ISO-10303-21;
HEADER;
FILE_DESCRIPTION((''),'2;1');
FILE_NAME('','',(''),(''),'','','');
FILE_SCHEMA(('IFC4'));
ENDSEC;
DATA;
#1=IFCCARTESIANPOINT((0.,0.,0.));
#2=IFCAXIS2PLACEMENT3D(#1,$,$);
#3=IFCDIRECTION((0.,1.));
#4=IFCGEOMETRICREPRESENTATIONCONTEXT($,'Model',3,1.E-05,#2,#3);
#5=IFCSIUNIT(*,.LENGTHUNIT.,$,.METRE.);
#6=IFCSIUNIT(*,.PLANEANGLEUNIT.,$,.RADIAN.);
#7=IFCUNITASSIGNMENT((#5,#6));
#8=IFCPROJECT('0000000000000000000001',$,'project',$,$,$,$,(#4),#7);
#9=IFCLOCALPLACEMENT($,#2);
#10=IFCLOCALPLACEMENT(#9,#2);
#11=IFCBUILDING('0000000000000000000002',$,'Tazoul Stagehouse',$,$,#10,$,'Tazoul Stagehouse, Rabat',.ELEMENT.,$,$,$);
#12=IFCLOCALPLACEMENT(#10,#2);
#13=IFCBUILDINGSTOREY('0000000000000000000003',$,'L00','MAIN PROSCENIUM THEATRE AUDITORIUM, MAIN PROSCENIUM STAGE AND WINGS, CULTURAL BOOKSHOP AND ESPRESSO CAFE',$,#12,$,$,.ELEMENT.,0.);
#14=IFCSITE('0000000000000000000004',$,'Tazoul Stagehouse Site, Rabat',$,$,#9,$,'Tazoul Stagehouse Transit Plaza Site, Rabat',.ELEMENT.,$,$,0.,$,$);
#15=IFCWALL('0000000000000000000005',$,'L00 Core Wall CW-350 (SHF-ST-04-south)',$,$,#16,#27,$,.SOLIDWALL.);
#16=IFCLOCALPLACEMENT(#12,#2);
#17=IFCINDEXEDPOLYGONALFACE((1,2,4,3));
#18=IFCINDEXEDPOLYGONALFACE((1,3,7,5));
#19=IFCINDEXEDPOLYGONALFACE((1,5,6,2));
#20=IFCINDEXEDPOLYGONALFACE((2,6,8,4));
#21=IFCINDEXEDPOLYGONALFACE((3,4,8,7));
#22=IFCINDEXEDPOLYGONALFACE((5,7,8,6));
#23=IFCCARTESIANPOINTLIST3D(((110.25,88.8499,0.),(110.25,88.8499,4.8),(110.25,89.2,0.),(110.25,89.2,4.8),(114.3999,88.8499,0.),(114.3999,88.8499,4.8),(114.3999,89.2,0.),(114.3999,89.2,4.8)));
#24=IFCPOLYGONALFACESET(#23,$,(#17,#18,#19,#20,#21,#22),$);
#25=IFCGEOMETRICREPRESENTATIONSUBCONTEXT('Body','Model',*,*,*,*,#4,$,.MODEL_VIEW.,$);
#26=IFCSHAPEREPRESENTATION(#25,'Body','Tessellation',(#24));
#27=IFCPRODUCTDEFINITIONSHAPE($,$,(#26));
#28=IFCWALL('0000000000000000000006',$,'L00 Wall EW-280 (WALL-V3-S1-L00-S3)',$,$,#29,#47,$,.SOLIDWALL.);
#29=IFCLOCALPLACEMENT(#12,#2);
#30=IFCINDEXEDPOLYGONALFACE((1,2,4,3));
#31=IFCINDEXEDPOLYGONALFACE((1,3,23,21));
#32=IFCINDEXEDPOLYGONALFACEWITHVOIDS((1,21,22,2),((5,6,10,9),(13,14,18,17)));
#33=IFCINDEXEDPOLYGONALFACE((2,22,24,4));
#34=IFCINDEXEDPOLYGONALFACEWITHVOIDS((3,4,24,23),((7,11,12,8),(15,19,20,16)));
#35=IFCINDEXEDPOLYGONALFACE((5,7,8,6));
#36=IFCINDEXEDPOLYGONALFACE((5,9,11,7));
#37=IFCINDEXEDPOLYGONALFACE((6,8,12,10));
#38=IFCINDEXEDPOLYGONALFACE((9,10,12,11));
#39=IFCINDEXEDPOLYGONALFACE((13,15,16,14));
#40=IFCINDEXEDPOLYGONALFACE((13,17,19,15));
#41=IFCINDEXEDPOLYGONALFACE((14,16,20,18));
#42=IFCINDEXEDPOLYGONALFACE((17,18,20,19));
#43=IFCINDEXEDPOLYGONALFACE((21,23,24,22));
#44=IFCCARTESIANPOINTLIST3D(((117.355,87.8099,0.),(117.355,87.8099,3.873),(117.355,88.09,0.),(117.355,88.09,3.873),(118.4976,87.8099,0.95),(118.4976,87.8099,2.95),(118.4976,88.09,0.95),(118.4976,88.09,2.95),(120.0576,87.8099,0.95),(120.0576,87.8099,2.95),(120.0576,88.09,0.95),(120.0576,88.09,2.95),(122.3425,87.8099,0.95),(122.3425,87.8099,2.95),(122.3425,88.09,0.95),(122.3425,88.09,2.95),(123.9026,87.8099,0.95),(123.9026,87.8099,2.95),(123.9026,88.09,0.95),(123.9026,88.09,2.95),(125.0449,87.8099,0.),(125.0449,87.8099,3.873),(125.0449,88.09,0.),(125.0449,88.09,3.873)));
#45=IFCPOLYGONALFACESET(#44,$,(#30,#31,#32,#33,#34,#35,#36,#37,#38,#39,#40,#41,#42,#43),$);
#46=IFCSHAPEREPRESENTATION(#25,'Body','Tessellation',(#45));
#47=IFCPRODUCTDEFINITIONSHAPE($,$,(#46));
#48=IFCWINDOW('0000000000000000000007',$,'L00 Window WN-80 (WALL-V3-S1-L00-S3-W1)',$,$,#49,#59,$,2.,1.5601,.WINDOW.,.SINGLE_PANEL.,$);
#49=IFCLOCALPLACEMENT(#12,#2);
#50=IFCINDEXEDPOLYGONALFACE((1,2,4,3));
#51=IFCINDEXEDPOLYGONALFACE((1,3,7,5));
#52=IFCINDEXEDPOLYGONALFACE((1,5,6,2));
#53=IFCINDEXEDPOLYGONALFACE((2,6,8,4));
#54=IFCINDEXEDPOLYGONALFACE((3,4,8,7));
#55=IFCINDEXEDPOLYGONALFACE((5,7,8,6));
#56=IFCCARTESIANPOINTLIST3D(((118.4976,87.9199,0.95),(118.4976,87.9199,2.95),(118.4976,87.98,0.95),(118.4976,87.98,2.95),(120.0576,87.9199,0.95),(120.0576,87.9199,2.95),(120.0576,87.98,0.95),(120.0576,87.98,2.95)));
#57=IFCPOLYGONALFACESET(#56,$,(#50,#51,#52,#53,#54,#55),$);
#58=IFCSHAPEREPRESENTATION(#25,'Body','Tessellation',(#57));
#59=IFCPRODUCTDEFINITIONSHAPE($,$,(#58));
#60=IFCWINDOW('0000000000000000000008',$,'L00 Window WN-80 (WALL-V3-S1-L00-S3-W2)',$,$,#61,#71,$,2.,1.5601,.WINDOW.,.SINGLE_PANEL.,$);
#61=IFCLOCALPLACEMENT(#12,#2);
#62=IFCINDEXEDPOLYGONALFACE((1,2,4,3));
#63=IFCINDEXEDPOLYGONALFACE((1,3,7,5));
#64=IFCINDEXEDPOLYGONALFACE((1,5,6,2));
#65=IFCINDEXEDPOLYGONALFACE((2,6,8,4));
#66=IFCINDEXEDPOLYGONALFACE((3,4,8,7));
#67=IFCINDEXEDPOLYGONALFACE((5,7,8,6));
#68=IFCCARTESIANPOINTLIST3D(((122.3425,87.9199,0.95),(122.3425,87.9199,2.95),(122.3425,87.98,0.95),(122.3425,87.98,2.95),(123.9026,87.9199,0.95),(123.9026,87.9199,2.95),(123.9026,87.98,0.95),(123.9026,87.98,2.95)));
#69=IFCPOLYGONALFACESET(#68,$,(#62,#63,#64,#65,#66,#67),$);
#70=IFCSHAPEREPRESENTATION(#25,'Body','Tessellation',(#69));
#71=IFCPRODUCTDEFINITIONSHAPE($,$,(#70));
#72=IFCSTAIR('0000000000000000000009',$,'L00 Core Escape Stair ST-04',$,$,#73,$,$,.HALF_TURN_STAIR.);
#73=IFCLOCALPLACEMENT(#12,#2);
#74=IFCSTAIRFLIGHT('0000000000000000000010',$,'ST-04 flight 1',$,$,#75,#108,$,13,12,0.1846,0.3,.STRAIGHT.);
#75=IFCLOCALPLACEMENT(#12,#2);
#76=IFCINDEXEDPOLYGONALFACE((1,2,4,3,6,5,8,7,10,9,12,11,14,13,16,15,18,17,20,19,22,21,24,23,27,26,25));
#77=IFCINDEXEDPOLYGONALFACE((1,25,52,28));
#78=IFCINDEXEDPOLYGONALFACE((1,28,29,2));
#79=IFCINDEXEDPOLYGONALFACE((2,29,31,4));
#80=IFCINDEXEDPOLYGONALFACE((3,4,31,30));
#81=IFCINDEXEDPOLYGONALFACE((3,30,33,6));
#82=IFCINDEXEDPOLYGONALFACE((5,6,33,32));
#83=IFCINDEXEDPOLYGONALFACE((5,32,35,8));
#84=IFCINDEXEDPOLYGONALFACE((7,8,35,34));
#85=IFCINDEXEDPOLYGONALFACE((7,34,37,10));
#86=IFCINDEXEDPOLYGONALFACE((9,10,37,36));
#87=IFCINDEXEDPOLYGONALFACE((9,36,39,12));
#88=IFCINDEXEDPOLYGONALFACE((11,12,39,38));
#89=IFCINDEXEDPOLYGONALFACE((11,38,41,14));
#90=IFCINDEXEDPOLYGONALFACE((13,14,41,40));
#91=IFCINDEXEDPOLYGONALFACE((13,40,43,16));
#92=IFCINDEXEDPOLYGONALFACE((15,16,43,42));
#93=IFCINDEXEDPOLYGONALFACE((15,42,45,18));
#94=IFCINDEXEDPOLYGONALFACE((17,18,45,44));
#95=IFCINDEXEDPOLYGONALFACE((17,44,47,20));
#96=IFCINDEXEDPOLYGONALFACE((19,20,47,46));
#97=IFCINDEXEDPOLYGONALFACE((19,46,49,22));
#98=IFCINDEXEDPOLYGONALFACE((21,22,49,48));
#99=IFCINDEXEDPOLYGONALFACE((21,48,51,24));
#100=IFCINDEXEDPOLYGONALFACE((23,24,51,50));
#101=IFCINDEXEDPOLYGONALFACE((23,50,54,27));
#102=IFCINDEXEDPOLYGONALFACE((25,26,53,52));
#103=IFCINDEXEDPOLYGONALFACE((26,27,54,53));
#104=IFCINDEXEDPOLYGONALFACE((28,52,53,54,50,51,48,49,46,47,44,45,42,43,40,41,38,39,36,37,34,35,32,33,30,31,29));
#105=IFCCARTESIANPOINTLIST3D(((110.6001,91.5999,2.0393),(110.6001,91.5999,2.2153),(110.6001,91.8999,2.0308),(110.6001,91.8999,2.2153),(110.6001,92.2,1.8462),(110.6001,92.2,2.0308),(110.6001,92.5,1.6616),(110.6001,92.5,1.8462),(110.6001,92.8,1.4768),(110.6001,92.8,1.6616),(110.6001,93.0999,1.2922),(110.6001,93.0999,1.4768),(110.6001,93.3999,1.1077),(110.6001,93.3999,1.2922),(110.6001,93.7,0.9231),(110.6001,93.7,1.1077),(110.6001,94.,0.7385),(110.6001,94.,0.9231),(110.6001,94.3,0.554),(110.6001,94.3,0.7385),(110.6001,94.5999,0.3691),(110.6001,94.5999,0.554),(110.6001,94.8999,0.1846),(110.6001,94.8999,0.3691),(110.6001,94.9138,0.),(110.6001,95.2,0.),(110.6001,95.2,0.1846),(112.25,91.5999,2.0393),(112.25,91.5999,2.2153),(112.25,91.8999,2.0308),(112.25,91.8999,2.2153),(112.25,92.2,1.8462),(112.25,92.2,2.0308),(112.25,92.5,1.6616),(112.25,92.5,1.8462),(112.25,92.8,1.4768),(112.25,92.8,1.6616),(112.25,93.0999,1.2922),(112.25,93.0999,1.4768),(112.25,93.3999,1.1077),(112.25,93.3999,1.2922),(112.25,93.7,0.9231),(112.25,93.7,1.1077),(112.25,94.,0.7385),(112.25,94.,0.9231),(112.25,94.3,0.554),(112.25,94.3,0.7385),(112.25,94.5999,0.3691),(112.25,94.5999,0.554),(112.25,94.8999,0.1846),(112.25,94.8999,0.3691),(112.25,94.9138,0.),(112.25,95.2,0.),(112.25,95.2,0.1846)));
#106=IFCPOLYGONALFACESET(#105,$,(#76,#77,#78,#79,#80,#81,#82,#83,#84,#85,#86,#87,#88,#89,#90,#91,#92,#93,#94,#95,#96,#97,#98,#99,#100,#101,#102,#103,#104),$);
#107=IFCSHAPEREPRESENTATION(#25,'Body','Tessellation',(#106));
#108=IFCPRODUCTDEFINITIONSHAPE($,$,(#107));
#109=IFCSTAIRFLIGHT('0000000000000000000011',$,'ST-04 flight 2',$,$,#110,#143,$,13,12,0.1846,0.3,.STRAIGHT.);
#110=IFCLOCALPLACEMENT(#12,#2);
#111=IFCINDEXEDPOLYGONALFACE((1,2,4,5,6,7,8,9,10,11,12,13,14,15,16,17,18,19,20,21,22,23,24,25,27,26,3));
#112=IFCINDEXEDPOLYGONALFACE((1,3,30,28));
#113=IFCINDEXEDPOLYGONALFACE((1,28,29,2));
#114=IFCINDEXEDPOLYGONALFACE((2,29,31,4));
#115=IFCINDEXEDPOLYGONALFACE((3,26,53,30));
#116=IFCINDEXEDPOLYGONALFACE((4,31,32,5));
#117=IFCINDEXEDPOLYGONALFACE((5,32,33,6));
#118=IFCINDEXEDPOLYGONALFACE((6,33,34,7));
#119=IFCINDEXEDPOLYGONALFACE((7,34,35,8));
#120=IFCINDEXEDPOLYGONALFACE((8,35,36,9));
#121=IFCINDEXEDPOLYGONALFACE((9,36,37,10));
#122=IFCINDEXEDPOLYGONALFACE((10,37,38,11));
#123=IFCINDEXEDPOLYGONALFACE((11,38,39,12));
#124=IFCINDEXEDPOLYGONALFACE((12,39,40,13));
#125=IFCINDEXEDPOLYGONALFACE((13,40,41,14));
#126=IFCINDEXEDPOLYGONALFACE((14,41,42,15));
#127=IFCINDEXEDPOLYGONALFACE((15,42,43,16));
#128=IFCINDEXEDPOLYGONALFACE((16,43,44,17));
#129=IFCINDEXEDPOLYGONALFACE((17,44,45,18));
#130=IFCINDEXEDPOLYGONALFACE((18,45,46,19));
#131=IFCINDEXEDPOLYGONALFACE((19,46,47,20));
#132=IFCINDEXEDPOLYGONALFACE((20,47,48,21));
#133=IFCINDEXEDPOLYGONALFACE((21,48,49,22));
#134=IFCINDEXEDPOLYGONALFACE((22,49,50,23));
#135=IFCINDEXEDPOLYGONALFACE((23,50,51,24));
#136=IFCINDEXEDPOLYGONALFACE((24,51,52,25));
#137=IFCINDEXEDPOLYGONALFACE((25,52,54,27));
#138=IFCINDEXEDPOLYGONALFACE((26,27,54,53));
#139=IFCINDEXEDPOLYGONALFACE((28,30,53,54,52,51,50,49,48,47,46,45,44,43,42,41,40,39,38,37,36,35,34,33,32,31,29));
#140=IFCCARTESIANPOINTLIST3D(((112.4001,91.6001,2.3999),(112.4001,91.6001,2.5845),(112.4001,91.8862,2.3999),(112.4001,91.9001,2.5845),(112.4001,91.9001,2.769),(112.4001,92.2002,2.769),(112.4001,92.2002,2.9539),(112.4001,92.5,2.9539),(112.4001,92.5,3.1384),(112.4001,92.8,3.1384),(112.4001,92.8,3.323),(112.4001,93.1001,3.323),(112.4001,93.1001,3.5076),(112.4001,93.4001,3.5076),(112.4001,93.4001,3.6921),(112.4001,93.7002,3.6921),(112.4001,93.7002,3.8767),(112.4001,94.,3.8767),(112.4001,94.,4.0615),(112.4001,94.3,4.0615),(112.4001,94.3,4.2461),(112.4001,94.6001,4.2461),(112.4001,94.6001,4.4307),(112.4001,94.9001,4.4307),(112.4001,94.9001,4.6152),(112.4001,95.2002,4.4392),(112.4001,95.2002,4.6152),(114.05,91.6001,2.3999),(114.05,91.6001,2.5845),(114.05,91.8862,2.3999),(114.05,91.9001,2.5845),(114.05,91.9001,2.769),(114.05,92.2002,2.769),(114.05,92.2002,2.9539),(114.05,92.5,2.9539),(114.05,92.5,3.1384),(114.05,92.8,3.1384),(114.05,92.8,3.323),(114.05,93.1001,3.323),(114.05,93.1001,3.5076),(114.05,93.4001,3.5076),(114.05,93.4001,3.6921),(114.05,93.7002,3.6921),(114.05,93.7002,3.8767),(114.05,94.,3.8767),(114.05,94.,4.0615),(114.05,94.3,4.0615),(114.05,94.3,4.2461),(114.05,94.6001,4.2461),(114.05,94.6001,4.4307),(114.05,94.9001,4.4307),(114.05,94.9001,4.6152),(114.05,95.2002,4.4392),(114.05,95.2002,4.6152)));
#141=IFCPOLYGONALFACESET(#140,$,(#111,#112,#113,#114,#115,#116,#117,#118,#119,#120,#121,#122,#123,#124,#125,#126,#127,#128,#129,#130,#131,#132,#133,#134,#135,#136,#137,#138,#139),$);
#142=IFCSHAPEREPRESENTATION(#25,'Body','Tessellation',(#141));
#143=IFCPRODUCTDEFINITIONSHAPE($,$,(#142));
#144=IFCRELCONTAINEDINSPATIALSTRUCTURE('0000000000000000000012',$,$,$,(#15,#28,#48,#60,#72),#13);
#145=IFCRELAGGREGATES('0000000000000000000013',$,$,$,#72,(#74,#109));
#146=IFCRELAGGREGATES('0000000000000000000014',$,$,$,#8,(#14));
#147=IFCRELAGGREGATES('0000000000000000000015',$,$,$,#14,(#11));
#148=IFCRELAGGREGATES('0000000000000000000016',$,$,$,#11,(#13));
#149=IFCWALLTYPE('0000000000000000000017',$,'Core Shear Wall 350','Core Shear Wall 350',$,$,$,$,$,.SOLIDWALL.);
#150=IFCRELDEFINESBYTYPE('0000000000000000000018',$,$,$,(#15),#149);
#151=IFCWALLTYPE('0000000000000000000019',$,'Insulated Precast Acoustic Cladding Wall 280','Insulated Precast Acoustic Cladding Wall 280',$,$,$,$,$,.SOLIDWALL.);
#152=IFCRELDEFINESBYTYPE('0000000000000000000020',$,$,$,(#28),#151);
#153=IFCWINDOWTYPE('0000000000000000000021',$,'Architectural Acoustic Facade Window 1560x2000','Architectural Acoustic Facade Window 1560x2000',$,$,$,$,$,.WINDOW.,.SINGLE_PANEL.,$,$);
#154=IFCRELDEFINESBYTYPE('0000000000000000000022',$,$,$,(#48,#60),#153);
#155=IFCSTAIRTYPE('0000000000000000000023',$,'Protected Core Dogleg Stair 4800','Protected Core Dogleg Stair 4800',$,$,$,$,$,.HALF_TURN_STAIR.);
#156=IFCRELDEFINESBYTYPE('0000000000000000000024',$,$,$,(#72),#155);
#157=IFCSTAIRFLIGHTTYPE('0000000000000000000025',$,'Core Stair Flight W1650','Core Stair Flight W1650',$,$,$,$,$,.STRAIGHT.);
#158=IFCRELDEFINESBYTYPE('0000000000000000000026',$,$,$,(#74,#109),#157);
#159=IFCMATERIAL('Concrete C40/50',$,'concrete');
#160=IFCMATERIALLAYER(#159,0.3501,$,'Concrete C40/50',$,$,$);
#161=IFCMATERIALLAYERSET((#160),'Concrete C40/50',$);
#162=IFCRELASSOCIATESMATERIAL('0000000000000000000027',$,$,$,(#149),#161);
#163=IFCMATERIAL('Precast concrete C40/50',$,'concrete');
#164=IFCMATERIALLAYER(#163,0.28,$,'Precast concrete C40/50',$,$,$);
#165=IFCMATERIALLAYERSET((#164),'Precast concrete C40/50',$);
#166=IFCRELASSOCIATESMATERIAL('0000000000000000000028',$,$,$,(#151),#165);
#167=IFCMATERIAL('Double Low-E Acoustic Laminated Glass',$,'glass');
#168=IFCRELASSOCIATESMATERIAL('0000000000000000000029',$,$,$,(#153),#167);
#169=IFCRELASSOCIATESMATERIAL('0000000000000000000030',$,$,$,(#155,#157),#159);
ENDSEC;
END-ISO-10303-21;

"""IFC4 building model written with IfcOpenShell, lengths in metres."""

from ifc_helpers import new_model, si_unit, direction, frame, frame_2d, origin, place, context, subcontext, project, spatial, polyline, rectangle, outline, extrude, material, layer, layer_set, type_object, element, fill, aggregate, save


model = new_model("IFC4")

# Units and contexts
model_context = context("Model", 3, precision=1e-05, world=origin(), true_north=direction((0.0, 1.0)))
body_context = subcontext(model_context, "Body", "Model", "MODEL_VIEW")
ifc_project = project(units=[si_unit("LENGTHUNIT", "METRE"), si_unit("PLANEANGLEUNIT", "RADIAN")], contexts=[model_context])

# Site, building, storey
site_placement = place(None, origin())
site = spatial("IfcSite", under=ifc_project, at=site_placement, Name="Tazoul Stagehouse Site, Rabat", LongName="Tazoul Stagehouse Transit Plaza Site, Rabat", CompositionType="ELEMENT", RefElevation=0.0)
building_placement = place(site_placement, origin())
building = spatial("IfcBuilding", under=site, at=building_placement, Name="Tazoul Stagehouse", LongName="Tazoul Stagehouse, Rabat", CompositionType="ELEMENT")
storey_placement = place(building_placement, origin())
storey = spatial("IfcBuildingStorey", under=building, at=storey_placement, Name="L00", Description="MAIN PROSCENIUM THEATRE AUDITORIUM, MAIN PROSCENIUM STAGE AND WINGS, CULTURAL BOOKSHOP AND ESPRESSO CAFE", CompositionType="ELEMENT", Elevation=0.0)

# Shared definitions
ifc_material_1 = material(Name="Concrete C40/50", Category="concrete")

# Wall
ifc_layer_1 = layer(ifc_material_1, 0.3501, Name="Concrete C40/50")
ifc_layer_set_1 = layer_set([ifc_layer_1], Name="Concrete C40/50")
wall_type_1 = type_object("IfcWallType", Name="Core Shear Wall 350", Description="Core Shear Wall 350", PredefinedType="SOLIDWALL", material=ifc_layer_set_1)
wall_1_placement = place(storey_placement, frame((114.3999, 89.0249, 0.0), z_axis=(0.0, 0.0, 1.0), x_axis=(-1.0, 0.0, 0.0)))
element("IfcWall", 1, at=wall_1_placement, inside=storey, type_object=wall_type_1, Name="L00 Core Wall CW-350 (SHF-ST-04-south)", PredefinedType="SOLIDWALL", context=body_context, shape_type="SweptSolid", body=[
    extrude(rectangle(XDim=4.1499, YDim=0.3501, at=frame_2d((2.075, 0.0))), origin(), (0.0, 0.0, 1.0), 4.8),
])

# Wall, openings, windows
ifc_material_2 = material(Name="Precast concrete C40/50", Category="concrete")
ifc_layer_2 = layer(ifc_material_2, 0.28, Name="Precast concrete C40/50")
ifc_layer_set_2 = layer_set([ifc_layer_2], Name="Precast concrete C40/50")
wall_type_2 = type_object("IfcWallType", Name="Insulated Precast Acoustic Cladding Wall 280", Description="Insulated Precast Acoustic Cladding Wall 280", PredefinedType="SOLIDWALL", material=ifc_layer_set_2)
wall_2_placement = place(storey_placement, frame((117.355, 87.95, 0.0), z_axis=(0.0, 0.0, 1.0), x_axis=(1.0, 0.0, 0.0)))
wall_2 = element("IfcWall", 2, at=wall_2_placement, inside=storey, type_object=wall_type_2, Name="L00 Wall EW-280 (WALL-V3-S1-L00-S3)", PredefinedType="SOLIDWALL", context=body_context, shape_type="SweptSolid", body=[
    extrude(rectangle(XDim=7.6899, YDim=0.28, at=frame_2d((3.845, 0.0))), origin(), (0.0, 0.0, 1.0), 3.873),
])
opening_1_placement = place(wall_2_placement, frame((1.1426, 0.0, 0.95)))
opening_1 = element("IfcOpeningElement", 3, at=opening_1_placement, cuts=wall_2, PredefinedType="OPENING", context=body_context, shape_type="SweptSolid", body=[
    extrude(rectangle(XDim=1.5601, YDim=2.0, at=frame_2d((0.78, 1.0))), frame((0.0, 0.1599, 0.0), z_axis=(0.0, -1.0, 0.0), x_axis=(1.0, 0.0, 0.0)), (0.0, 0.0, 1.0), 0.3201),
])
opening_2_placement = place(wall_2_placement, frame((4.9875, 0.0, 0.95)))
opening_2 = element("IfcOpeningElement", 4, at=opening_2_placement, cuts=wall_2, PredefinedType="OPENING", context=body_context, shape_type="SweptSolid", body=[
    extrude(rectangle(XDim=1.5601, YDim=2.0, at=frame_2d((0.78, 1.0))), frame((0.0, 0.1599, 0.0), z_axis=(0.0, -1.0, 0.0), x_axis=(1.0, 0.0, 0.0)), (0.0, 0.0, 1.0), 0.3201),
])
ifc_material_3 = material(Name="Double Low-E Acoustic Laminated Glass", Category="glass")
window_type = type_object("IfcWindowType", Name="Architectural Acoustic Facade Window 1560x2000", Description="Architectural Acoustic Facade Window 1560x2000", PartitioningType="SINGLE_PANEL", PredefinedType="WINDOW", material=ifc_material_3)
window_1_placement = place(opening_1_placement, origin())
window_1 = element("IfcWindow", 5, at=window_1_placement, inside=storey, type_object=window_type, Name="L00 Window WN-80 (WALL-V3-S1-L00-S3-W1)", OverallHeight=2.0, OverallWidth=1.5601, PartitioningType="SINGLE_PANEL", PredefinedType="WINDOW", context=body_context, shape_type="SweptSolid", body=[
    extrude(rectangle(XDim=1.5601, YDim=2.0, at=frame_2d((0.78, 1.0))), frame((0.0, 0.03, 0.0), z_axis=(0.0, -1.0, 0.0), x_axis=(1.0, 0.0, 0.0)), (0.0, 0.0, 1.0), 0.0601),
])
fill(opening_1, window_1)
window_2_placement = place(opening_2_placement, origin())
window_2 = element("IfcWindow", 6, at=window_2_placement, inside=storey, type_object=window_type, Name="L00 Window WN-80 (WALL-V3-S1-L00-S3-W2)", OverallHeight=2.0, OverallWidth=1.5601, PartitioningType="SINGLE_PANEL", PredefinedType="WINDOW", context=body_context, shape_type="SweptSolid", body=[
    extrude(rectangle(XDim=1.5601, YDim=2.0, at=frame_2d((0.78, 1.0))), frame((0.0, 0.03, 0.0), z_axis=(0.0, -1.0, 0.0), x_axis=(1.0, 0.0, 0.0)), (0.0, 0.0, 1.0), 0.0601),
])
fill(opening_2, window_2)

# Stair, stair flights
stair_type = type_object("IfcStairType", Name="Protected Core Dogleg Stair 4800", Description="Protected Core Dogleg Stair 4800", PredefinedType="HALF_TURN_STAIR", material=ifc_material_1)
stair_placement = place(storey_placement, origin())
stair = element("IfcStair", 7, at=stair_placement, inside=storey, type_object=stair_type, Name="L00 Core Escape Stair ST-04", PredefinedType="HALF_TURN_STAIR")
stair_flight_type = type_object("IfcStairFlightType", Name="Core Stair Flight W1650", Description="Core Stair Flight W1650", PredefinedType="STRAIGHT", material=ifc_material_1)
stair_flight_1_placement = place(storey_placement, frame((111.425, 95.2, 0.0), z_axis=(0.0, 0.0, 1.0), x_axis=(0.0, -1.0, 0.0)))
stair_flight_1 = element("IfcStairFlight", 8, at=stair_flight_1_placement, type_object=stair_flight_type, Name="ST-04 flight 1", NumberOfRisers=13, NumberOfTreads=12, PredefinedType="STRAIGHT", RiserHeight=0.1846, TreadLength=0.3, context=body_context, shape_type="SweptSolid", body=[
    extrude(outline(polyline([(0.0, 0.0), (0.0, 0.1846), (0.3, 0.1846), (0.3, 0.3691), (0.6001, 0.3691), (0.6001, 0.554), (0.8999, 0.554), (0.8999, 0.7385), (1.2, 0.7385), (1.2, 0.9231), (1.5, 0.9231), (1.5, 1.1077), (1.8, 1.1077), (1.8, 1.2922), (2.1001, 1.2922), (2.1001, 1.4768), (2.3999, 1.4768), (2.3999, 1.6616), (2.7, 1.6616), (2.7, 1.8462), (3.0, 1.8462), (3.0, 2.0308), (3.3, 2.0308), (3.3, 2.2153), (3.6001, 2.2153), (3.6001, 2.3999), (3.6001, 2.0393), (0.2861, 0.0), (0.0, 0.0)])), frame((0.0, 0.825, 0.0), z_axis=(0.0, -1.0, 0.0), x_axis=(1.0, 0.0, 0.0)), (0.0, 0.0, 1.0), 1.6499),
])
stair_flight_2_placement = place(storey_placement, frame((113.2251, 91.6001, 2.3999), z_axis=(0.0, 0.0, 1.0), x_axis=(0.0, 1.0, 0.0)))
stair_flight_2 = element("IfcStairFlight", 9, at=stair_flight_2_placement, type_object=stair_flight_type, Name="ST-04 flight 2", NumberOfRisers=13, NumberOfTreads=12, PredefinedType="STRAIGHT", RiserHeight=0.1846, TreadLength=0.3, context=body_context, shape_type="SweptSolid", body=[
    extrude(outline(polyline([(0.0, 0.0), (0.0, 0.1846), (0.3, 0.1846), (0.3, 0.3691), (0.6001, 0.3691), (0.6001, 0.554), (0.8999, 0.554), (0.8999, 0.7385), (1.2, 0.7385), (1.2, 0.9231), (1.5, 0.9231), (1.5, 1.1077), (1.8, 1.1077), (1.8, 1.2922), (2.1001, 1.2922), (2.1001, 1.4768), (2.3999, 1.4768), (2.3999, 1.6616), (2.7, 1.6616), (2.7, 1.8462), (3.0, 1.8462), (3.0, 2.0308), (3.3, 2.0308), (3.3, 2.2153), (3.6001, 2.2153), (3.6001, 2.3999), (3.6001, 2.0393), (0.2861, 0.0), (0.0, 0.0)])), frame((0.0, 0.825, 0.0), z_axis=(0.0, -1.0, 0.0), x_axis=(1.0, 0.0, 0.0)), (0.0, 0.0, 1.0), 1.6499),
])
aggregate(stair, [stair_flight_1, stair_flight_2])

save(model, "model.ifc")
